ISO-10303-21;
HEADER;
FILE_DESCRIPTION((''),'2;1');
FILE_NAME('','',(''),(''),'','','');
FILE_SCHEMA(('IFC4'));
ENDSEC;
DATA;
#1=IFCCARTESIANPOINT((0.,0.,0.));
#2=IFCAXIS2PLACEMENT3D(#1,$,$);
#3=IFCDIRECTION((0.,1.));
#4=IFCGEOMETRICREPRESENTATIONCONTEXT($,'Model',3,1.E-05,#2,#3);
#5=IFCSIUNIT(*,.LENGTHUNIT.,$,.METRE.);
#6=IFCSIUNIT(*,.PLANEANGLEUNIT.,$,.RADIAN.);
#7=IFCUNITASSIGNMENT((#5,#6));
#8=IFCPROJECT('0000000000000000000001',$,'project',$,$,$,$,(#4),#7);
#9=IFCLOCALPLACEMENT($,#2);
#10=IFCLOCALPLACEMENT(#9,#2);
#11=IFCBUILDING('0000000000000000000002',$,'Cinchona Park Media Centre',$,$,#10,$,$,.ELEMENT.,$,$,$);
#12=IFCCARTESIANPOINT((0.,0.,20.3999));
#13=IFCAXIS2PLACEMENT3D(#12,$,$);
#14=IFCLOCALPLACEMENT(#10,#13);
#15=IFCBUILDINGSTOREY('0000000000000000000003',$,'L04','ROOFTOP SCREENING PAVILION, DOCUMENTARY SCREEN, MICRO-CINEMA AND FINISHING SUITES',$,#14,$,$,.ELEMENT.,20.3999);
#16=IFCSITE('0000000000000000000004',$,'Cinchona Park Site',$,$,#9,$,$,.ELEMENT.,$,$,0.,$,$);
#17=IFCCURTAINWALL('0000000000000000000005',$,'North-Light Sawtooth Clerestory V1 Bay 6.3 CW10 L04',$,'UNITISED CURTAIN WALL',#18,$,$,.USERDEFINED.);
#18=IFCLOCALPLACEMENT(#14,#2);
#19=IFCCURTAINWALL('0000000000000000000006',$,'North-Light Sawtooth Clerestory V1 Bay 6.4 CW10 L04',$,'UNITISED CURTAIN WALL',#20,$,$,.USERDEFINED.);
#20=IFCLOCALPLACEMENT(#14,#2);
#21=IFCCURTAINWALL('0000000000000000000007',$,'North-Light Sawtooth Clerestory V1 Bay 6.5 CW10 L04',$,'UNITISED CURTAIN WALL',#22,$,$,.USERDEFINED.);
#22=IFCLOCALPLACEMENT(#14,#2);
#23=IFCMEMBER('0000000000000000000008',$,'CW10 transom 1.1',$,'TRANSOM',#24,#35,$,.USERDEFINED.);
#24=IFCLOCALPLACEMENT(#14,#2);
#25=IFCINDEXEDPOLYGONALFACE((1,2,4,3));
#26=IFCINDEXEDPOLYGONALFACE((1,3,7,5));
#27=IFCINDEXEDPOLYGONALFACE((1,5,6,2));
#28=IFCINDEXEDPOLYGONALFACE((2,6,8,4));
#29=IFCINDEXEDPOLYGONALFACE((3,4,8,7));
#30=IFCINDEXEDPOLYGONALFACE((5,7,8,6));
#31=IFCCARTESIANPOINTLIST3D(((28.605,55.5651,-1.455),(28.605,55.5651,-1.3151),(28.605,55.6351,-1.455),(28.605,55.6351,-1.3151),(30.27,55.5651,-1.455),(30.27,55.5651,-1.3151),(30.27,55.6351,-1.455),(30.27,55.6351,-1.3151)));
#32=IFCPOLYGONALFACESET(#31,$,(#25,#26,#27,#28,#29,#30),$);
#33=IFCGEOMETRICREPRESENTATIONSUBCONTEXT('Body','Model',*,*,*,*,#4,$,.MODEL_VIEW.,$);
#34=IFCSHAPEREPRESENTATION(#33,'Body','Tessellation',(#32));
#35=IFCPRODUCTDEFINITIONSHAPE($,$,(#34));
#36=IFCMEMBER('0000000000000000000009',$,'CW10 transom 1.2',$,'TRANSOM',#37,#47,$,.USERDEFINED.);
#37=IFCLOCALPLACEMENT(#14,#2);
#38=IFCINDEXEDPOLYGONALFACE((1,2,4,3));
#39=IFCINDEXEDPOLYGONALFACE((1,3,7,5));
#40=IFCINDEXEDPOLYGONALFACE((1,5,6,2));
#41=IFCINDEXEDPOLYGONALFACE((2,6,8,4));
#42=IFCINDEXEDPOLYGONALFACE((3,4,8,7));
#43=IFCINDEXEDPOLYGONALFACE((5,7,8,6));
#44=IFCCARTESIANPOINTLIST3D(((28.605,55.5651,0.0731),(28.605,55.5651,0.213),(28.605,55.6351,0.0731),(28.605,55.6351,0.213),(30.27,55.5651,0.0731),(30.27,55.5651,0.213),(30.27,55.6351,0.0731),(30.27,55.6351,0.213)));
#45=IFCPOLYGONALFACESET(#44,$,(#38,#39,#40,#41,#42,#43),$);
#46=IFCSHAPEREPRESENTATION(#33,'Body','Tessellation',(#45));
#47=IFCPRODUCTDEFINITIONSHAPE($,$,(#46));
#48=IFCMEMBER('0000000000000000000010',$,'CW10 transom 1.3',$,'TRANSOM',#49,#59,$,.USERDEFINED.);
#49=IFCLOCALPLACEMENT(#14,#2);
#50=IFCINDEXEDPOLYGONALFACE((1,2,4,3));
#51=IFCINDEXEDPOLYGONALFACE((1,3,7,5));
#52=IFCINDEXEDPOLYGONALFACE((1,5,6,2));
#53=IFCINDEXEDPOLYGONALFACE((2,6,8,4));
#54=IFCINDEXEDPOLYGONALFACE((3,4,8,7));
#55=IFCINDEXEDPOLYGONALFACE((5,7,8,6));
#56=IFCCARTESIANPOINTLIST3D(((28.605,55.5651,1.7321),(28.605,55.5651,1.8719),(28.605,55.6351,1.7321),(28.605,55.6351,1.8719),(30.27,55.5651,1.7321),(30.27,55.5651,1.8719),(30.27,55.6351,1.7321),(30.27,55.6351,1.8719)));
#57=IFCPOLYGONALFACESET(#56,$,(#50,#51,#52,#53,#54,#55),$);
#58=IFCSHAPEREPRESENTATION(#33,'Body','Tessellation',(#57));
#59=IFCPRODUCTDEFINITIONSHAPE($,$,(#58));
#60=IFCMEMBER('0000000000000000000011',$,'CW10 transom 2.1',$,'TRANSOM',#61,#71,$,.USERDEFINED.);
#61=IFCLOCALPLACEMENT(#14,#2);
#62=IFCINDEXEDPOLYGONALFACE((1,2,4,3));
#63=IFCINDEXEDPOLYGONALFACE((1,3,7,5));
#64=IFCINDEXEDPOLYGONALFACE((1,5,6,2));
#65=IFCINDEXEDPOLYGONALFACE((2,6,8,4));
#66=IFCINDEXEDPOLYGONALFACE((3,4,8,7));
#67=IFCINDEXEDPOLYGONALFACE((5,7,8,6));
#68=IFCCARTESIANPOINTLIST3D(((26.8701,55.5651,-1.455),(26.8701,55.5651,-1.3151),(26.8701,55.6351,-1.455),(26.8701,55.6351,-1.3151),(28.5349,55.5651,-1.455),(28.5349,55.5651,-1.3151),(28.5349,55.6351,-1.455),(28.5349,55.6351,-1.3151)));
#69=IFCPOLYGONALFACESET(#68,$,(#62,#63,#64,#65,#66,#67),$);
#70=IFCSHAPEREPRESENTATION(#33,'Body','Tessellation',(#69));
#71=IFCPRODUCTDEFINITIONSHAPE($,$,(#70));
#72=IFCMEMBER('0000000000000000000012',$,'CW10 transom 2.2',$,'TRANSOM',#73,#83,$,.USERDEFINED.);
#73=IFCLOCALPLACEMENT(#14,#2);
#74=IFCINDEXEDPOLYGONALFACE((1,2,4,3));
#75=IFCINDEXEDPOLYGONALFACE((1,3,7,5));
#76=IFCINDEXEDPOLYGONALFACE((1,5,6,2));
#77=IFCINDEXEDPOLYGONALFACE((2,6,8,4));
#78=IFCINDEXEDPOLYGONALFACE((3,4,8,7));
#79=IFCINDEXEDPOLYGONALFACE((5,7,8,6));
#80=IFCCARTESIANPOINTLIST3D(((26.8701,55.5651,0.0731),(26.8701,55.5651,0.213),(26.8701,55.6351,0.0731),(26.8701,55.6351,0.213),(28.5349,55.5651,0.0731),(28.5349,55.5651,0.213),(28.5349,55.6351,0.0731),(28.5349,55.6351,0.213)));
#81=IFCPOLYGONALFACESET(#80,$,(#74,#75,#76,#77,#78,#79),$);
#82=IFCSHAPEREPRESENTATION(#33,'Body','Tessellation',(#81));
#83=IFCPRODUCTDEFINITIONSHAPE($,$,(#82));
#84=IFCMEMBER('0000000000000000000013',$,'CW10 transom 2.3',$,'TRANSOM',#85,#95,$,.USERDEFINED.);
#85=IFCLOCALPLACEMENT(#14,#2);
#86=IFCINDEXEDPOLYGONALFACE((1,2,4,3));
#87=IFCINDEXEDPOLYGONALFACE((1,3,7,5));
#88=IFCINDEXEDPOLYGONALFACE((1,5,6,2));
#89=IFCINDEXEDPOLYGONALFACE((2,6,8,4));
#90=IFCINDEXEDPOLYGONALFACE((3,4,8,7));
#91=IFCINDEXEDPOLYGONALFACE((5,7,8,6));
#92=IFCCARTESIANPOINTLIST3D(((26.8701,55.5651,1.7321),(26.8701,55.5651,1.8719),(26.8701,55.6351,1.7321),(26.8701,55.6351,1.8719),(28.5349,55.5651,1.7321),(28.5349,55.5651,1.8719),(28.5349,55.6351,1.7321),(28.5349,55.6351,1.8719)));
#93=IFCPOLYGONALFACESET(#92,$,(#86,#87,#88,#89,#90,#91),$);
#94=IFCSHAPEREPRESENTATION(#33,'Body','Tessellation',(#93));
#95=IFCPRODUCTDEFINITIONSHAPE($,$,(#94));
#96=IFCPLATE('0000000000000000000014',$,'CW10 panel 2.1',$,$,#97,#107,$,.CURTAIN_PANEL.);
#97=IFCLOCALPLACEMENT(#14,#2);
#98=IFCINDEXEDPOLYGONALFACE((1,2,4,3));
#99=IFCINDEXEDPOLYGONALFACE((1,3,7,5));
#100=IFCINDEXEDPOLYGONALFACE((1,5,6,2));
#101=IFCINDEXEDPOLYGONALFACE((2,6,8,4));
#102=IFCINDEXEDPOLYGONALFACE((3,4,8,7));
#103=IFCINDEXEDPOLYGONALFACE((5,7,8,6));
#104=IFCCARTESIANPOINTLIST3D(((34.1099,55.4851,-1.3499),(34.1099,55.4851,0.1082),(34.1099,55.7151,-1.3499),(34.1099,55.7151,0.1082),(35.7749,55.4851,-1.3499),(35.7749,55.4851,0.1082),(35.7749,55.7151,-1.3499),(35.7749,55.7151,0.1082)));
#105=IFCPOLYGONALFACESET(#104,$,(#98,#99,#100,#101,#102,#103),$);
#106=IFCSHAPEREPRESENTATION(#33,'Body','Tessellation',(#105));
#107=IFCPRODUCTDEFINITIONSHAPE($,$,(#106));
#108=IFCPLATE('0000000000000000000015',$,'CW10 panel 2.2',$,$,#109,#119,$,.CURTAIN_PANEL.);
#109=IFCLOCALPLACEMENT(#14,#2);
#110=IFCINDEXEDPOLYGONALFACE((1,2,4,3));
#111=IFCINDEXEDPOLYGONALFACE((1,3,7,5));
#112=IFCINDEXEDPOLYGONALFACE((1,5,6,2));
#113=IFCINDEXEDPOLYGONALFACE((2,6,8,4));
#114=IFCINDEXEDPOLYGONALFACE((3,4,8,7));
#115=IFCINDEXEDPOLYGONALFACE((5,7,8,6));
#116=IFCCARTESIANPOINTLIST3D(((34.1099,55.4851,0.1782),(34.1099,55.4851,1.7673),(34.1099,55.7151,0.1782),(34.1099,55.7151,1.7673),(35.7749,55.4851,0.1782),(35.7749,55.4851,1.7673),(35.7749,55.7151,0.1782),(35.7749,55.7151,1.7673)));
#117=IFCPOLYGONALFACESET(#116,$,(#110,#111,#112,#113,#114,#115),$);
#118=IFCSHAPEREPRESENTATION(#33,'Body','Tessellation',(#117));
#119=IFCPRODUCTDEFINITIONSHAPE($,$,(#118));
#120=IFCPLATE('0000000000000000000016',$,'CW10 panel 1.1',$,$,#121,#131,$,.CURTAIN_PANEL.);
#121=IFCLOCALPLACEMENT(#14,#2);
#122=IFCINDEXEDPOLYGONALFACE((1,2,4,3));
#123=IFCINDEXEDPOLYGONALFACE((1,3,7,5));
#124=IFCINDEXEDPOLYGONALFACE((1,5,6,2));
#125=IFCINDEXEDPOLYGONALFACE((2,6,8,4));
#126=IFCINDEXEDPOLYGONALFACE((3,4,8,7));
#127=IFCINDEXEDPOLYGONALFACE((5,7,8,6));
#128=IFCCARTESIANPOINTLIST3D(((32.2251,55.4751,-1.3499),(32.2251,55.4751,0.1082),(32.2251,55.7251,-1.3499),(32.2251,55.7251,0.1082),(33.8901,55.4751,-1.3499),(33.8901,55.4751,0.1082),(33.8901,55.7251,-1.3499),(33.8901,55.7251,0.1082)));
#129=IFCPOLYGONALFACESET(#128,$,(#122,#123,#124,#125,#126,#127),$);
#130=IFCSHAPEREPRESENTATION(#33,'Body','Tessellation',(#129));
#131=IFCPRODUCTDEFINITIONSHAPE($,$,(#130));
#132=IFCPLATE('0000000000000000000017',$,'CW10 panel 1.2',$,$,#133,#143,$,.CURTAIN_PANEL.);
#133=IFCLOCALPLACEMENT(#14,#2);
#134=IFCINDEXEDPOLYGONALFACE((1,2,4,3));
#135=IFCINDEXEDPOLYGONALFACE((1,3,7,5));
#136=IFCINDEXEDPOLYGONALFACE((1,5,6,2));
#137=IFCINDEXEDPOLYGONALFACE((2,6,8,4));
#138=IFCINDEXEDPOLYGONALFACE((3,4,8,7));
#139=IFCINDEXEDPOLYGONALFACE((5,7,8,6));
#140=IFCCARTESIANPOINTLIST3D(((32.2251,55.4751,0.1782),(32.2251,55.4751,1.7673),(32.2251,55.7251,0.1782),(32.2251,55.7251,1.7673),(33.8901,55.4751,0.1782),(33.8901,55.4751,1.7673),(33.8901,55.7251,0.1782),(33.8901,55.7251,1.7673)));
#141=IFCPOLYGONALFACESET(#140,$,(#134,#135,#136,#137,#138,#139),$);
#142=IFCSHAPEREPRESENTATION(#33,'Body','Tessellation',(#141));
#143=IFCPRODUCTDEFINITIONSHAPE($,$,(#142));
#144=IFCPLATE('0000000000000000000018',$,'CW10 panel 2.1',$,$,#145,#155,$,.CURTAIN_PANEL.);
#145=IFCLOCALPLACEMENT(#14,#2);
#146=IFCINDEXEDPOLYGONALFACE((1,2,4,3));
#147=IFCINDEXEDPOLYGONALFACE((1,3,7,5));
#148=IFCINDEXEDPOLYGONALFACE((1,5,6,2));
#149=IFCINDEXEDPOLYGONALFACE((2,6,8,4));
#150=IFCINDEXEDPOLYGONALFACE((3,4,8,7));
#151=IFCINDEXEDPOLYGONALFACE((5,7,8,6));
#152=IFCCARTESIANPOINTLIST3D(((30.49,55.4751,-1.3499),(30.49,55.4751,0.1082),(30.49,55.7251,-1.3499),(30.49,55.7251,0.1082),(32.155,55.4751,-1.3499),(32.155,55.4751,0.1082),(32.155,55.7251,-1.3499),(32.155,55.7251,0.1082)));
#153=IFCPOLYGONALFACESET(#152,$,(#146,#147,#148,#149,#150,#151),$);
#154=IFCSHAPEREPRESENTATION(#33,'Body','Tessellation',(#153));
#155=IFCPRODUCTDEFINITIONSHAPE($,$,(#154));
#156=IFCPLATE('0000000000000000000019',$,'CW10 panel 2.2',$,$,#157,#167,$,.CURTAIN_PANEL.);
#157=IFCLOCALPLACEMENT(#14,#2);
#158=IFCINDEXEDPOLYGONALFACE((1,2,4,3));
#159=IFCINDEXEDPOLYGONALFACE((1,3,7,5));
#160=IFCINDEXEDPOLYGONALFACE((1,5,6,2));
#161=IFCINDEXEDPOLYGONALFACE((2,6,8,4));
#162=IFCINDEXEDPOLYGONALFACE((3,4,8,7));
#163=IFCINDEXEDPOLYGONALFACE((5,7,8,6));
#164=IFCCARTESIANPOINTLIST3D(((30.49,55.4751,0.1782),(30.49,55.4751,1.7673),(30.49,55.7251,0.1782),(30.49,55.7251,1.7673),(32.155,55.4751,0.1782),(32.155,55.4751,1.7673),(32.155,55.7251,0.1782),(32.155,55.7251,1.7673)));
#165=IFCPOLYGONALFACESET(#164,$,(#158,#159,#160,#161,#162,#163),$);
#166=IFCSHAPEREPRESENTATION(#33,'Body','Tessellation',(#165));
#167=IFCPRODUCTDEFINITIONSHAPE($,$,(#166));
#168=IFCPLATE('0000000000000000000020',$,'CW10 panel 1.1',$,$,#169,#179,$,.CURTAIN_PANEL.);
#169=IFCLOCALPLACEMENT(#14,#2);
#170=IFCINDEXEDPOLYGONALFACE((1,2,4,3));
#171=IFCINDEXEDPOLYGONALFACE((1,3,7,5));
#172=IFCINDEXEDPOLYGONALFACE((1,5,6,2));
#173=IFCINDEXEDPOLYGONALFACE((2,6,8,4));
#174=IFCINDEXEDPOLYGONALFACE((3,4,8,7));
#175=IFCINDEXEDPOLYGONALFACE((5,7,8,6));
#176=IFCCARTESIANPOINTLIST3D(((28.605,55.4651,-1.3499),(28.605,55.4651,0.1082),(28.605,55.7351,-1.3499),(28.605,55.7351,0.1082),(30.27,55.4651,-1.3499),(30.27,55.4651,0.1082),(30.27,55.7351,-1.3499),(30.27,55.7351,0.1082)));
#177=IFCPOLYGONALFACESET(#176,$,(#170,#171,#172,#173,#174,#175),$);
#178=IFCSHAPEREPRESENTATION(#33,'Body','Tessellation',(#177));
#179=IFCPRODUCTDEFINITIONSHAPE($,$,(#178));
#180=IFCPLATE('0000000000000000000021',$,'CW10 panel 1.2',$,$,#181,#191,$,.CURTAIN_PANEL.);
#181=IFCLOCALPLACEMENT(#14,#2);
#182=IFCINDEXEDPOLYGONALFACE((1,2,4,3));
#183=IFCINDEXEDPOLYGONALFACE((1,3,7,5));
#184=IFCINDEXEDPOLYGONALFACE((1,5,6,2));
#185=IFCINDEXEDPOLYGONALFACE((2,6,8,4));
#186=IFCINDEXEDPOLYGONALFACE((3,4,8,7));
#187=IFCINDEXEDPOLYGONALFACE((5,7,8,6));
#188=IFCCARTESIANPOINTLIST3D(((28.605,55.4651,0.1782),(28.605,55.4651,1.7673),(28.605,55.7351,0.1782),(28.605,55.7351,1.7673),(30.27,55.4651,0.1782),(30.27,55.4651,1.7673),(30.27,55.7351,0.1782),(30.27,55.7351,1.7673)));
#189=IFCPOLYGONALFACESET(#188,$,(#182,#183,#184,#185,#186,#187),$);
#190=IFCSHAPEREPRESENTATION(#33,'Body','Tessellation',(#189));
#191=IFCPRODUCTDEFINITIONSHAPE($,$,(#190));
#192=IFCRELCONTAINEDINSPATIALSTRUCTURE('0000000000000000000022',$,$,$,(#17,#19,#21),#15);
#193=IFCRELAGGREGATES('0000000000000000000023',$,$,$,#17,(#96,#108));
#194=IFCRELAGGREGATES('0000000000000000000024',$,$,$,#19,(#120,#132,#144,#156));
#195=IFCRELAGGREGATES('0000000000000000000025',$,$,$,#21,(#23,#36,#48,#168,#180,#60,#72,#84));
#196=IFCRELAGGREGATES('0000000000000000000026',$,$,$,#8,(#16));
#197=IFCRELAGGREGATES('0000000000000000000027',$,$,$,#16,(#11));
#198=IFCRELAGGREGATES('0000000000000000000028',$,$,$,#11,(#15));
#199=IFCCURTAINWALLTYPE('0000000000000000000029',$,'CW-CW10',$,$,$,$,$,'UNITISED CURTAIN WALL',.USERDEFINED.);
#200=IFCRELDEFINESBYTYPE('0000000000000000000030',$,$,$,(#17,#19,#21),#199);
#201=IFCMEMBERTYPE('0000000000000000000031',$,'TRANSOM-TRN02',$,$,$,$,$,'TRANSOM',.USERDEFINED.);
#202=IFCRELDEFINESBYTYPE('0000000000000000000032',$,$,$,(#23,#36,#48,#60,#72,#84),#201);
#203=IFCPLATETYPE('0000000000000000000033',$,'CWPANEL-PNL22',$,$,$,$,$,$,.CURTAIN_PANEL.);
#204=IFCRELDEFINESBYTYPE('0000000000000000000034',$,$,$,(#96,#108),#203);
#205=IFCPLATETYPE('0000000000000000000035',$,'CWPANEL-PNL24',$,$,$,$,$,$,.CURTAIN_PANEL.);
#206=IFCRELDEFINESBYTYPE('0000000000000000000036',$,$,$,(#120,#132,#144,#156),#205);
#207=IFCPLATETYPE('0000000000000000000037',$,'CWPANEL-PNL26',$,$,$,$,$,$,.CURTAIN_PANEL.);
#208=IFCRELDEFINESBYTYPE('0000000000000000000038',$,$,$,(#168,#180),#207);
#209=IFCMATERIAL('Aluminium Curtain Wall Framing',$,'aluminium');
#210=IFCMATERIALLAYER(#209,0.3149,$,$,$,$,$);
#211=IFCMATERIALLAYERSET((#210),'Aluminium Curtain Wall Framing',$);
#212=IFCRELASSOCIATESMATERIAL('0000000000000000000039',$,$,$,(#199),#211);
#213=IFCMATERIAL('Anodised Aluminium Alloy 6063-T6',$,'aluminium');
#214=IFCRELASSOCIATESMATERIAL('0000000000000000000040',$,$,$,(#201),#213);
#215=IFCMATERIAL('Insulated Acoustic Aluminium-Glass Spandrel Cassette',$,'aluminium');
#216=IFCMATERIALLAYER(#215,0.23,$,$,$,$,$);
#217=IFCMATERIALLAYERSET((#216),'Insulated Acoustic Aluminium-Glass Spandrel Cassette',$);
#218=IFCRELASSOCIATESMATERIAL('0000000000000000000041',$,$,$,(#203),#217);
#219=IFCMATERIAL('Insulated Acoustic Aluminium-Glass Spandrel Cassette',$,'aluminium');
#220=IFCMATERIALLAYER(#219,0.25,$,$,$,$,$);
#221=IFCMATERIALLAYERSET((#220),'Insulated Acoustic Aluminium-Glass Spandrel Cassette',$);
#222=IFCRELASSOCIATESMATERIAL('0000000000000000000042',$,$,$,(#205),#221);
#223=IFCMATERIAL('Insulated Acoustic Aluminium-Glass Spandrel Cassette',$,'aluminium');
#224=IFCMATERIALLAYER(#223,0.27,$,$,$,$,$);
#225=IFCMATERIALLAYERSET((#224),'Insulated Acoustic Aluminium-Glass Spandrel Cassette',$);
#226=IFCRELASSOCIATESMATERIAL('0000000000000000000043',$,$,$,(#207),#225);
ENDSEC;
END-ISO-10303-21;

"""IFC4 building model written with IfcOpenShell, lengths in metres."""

from ifc_helpers import new_model, si_unit, direction, frame, origin, origin_2d, place, context, subcontext, project, spatial, rectangle, extrude, material, layer, layer_set, material_profile, profile_set, type_object, element, aggregate, save


model = new_model("IFC4")

# Units and contexts
model_context = context("Model", 3, precision=1e-05, world=origin(), true_north=direction((0.0, 1.0)))
body_context = subcontext(model_context, "Body", "Model", "MODEL_VIEW")
ifc_project = project(units=[si_unit("LENGTHUNIT", "METRE"), si_unit("PLANEANGLEUNIT", "RADIAN")], contexts=[model_context])

# Site, building, storey
site_placement = place(None, origin())
site = spatial("IfcSite", under=ifc_project, at=site_placement, Name="Cinchona Park Site", CompositionType="ELEMENT", RefElevation=0.0)
building_placement = place(site_placement, origin())
building = spatial("IfcBuilding", under=site, at=building_placement, Name="Cinchona Park Media Centre", CompositionType="ELEMENT")
storey_placement = place(building_placement, frame((0.0, 0.0, 20.3999)))
storey = spatial("IfcBuildingStorey", under=building, at=storey_placement, Name="L04", Description="ROOFTOP SCREENING PAVILION, DOCUMENTARY SCREEN, MICRO-CINEMA AND FINISHING SUITES", CompositionType="ELEMENT", Elevation=20.3999)

# Curtain wall
ifc_material_1 = material(Name="Aluminium Curtain Wall Framing", Category="aluminium")
ifc_layer_1 = layer(ifc_material_1, 0.3149)
ifc_layer_set_1 = layer_set([ifc_layer_1], Name="Aluminium Curtain Wall Framing")
curtain_wall_type = type_object("IfcCurtainWallType", Name="CW-CW10", ElementType="UNITISED CURTAIN WALL", PredefinedType="USERDEFINED", material=ifc_layer_set_1)
curtain_wall_1_placement = place(storey_placement, origin())
curtain_wall_1 = element("IfcCurtainWall", 1, at=curtain_wall_1_placement, inside=storey, type_object=curtain_wall_type, Name="North-Light Sawtooth Clerestory V1 Bay 6.3 CW10 L04", ObjectType="UNITISED CURTAIN WALL", PredefinedType="USERDEFINED")

# Curtain walls
curtain_wall_2_placement = place(storey_placement, origin())
curtain_wall_2 = element("IfcCurtainWall", 2, at=curtain_wall_2_placement, inside=storey, type_object=curtain_wall_type, Name="North-Light Sawtooth Clerestory V1 Bay 6.4 CW10 L04", ObjectType="UNITISED CURTAIN WALL", PredefinedType="USERDEFINED")
curtain_wall_3_placement = place(storey_placement, origin())
curtain_wall_3 = element("IfcCurtainWall", 3, at=curtain_wall_3_placement, inside=storey, type_object=curtain_wall_type, Name="North-Light Sawtooth Clerestory V1 Bay 6.5 CW10 L04", ObjectType="UNITISED CURTAIN WALL", PredefinedType="USERDEFINED")

# Members
ifc_material_2 = material(Name="Anodised Aluminium Alloy 6063-T6", Category="aluminium")
ifc_material_profile_1 = material_profile(ifc_material_2, rectangle(XDim=0.0701, YDim=0.1399, at=origin_2d()), Name="TRN-70X140")
ifc_profile_set_1 = profile_set([ifc_material_profile_1], Name="Anodised Aluminium Alloy 6063-T6")
member_type_1 = type_object("IfcMemberType", Name="TRANSOM-TRN02", ElementType="TRANSOM", PredefinedType="USERDEFINED", material=ifc_profile_set_1)
member_1_placement = place(storey_placement, frame((30.27, 55.6001, -1.385), z_axis=(-1.0, 0.0, 0.0), x_axis=(0.0, -1.0, 0.0)))
member_1 = element("IfcMember", 4, at=member_1_placement, type_object=member_type_1, Name="CW10 transom 1.1", ObjectType="TRANSOM", PredefinedType="USERDEFINED", context=body_context, shape_type="SweptSolid", body=[
    extrude(rectangle(XDim=0.0701, YDim=0.1399, at=origin_2d()), origin(), (0.0, 0.0, 1.0), 1.665),
])
member_2_placement = place(storey_placement, frame((30.27, 55.6001, 0.1431), z_axis=(-1.0, 0.0, 0.0), x_axis=(0.0, -1.0, 0.0)))
member_2 = element("IfcMember", 5, at=member_2_placement, type_object=member_type_1, Name="CW10 transom 1.2", ObjectType="TRANSOM", PredefinedType="USERDEFINED", context=body_context, shape_type="SweptSolid", body=[
    extrude(rectangle(XDim=0.0701, YDim=0.1399, at=origin_2d()), origin(), (0.0, 0.0, 1.0), 1.665),
])
member_3_placement = place(storey_placement, frame((30.27, 55.6001, 1.802), z_axis=(-1.0, 0.0, 0.0), x_axis=(0.0, -1.0, 0.0)))
member_3 = element("IfcMember", 6, at=member_3_placement, type_object=member_type_1, Name="CW10 transom 1.3", ObjectType="TRANSOM", PredefinedType="USERDEFINED", context=body_context, shape_type="SweptSolid", body=[
    extrude(rectangle(XDim=0.0701, YDim=0.1399, at=origin_2d()), origin(), (0.0, 0.0, 1.0), 1.665),
])
member_4_placement = place(storey_placement, frame((28.5349, 55.6001, -1.385), z_axis=(-1.0, 0.0, 0.0), x_axis=(0.0, -1.0, 0.0)))
member_4 = element("IfcMember", 7, at=member_4_placement, type_object=member_type_1, Name="CW10 transom 2.1", ObjectType="TRANSOM", PredefinedType="USERDEFINED", context=body_context, shape_type="SweptSolid", body=[
    extrude(rectangle(XDim=0.0701, YDim=0.1399, at=origin_2d()), origin(), (0.0, 0.0, 1.0), 1.6648),
])
member_5_placement = place(storey_placement, frame((28.5349, 55.6001, 0.1431), z_axis=(-1.0, 0.0, 0.0), x_axis=(0.0, -1.0, 0.0)))
member_5 = element("IfcMember", 8, at=member_5_placement, type_object=member_type_1, Name="CW10 transom 2.2", ObjectType="TRANSOM", PredefinedType="USERDEFINED", context=body_context, shape_type="SweptSolid", body=[
    extrude(rectangle(XDim=0.0701, YDim=0.1399, at=origin_2d()), origin(), (0.0, 0.0, 1.0), 1.6648),
])
member_6_placement = place(storey_placement, frame((28.5349, 55.6001, 1.802), z_axis=(-1.0, 0.0, 0.0), x_axis=(0.0, -1.0, 0.0)))
member_6 = element("IfcMember", 9, at=member_6_placement, type_object=member_type_1, Name="CW10 transom 2.3", ObjectType="TRANSOM", PredefinedType="USERDEFINED", context=body_context, shape_type="SweptSolid", body=[
    extrude(rectangle(XDim=0.0701, YDim=0.1399, at=origin_2d()), origin(), (0.0, 0.0, 1.0), 1.6648),
])

# Plates
ifc_material_3 = material(Name="Insulated Acoustic Aluminium-Glass Spandrel Cassette", Category="aluminium")
ifc_layer_2 = layer(ifc_material_3, 0.23)
ifc_layer_set_2 = layer_set([ifc_layer_2], Name="Insulated Acoustic Aluminium-Glass Spandrel Cassette")
plate_type_1 = type_object("IfcPlateType", Name="CWPANEL-PNL22", PredefinedType="CURTAIN_PANEL", material=ifc_layer_set_2)
plate_1_placement = place(storey_placement, frame((34.9424, 55.6001, -1.3499), z_axis=(0.0, 0.0, 1.0), x_axis=(-1.0, 0.0, 0.0)))
plate_1 = element("IfcPlate", 10, at=plate_1_placement, type_object=plate_type_1, Name="CW10 panel 2.1", PredefinedType="CURTAIN_PANEL", context=body_context, shape_type="SweptSolid", body=[
    extrude(rectangle(XDim=1.665, YDim=0.23, at=origin_2d()), origin(), (0.0, 0.0, 1.0), 1.458),
])
plate_2_placement = place(storey_placement, frame((34.9424, 55.6001, 0.1782), z_axis=(0.0, 0.0, 1.0), x_axis=(-1.0, 0.0, 0.0)))
plate_2 = element("IfcPlate", 11, at=plate_2_placement, type_object=plate_type_1, Name="CW10 panel 2.2", PredefinedType="CURTAIN_PANEL", context=body_context, shape_type="SweptSolid", body=[
    extrude(rectangle(XDim=1.665, YDim=0.23, at=origin_2d()), origin(), (0.0, 0.0, 1.0), 1.5891),
])
aggregate(curtain_wall_1, [plate_1, plate_2])
ifc_material_4 = material(Name="Insulated Acoustic Aluminium-Glass Spandrel Cassette", Category="aluminium")
ifc_layer_3 = layer(ifc_material_4, 0.25)
ifc_layer_set_3 = layer_set([ifc_layer_3], Name="Insulated Acoustic Aluminium-Glass Spandrel Cassette")
plate_type_2 = type_object("IfcPlateType", Name="CWPANEL-PNL24", PredefinedType="CURTAIN_PANEL", material=ifc_layer_set_3)
plate_3_placement = place(storey_placement, frame((33.0576, 55.6001, -1.3499), z_axis=(0.0, 0.0, 1.0), x_axis=(-1.0, 0.0, 0.0)))
plate_3 = element("IfcPlate", 12, at=plate_3_placement, type_object=plate_type_2, Name="CW10 panel 1.1", PredefinedType="CURTAIN_PANEL", context=body_context, shape_type="SweptSolid", body=[
    extrude(rectangle(XDim=1.665, YDim=0.25, at=origin_2d()), origin(), (0.0, 0.0, 1.0), 1.458),
])
plate_4_placement = place(storey_placement, frame((33.0576, 55.6001, 0.1782), z_axis=(0.0, 0.0, 1.0), x_axis=(-1.0, 0.0, 0.0)))
plate_4 = element("IfcPlate", 13, at=plate_4_placement, type_object=plate_type_2, Name="CW10 panel 1.2", PredefinedType="CURTAIN_PANEL", context=body_context, shape_type="SweptSolid", body=[
    extrude(rectangle(XDim=1.665, YDim=0.25, at=origin_2d()), origin(), (0.0, 0.0, 1.0), 1.5891),
])
plate_5_placement = place(storey_placement, frame((31.3225, 55.6001, -1.3499), z_axis=(0.0, 0.0, 1.0), x_axis=(-1.0, 0.0, 0.0)))
plate_5 = element("IfcPlate", 14, at=plate_5_placement, type_object=plate_type_2, Name="CW10 panel 2.1", PredefinedType="CURTAIN_PANEL", context=body_context, shape_type="SweptSolid", body=[
    extrude(rectangle(XDim=1.665, YDim=0.25, at=origin_2d()), origin(), (0.0, 0.0, 1.0), 1.458),
])
plate_6_placement = place(storey_placement, frame((31.3225, 55.6001, 0.1782), z_axis=(0.0, 0.0, 1.0), x_axis=(-1.0, 0.0, 0.0)))
plate_6 = element("IfcPlate", 15, at=plate_6_placement, type_object=plate_type_2, Name="CW10 panel 2.2", PredefinedType="CURTAIN_PANEL", context=body_context, shape_type="SweptSolid", body=[
    extrude(rectangle(XDim=1.665, YDim=0.25, at=origin_2d()), origin(), (0.0, 0.0, 1.0), 1.5891),
])
aggregate(curtain_wall_2, [plate_3, plate_4, plate_5, plate_6])
ifc_material_5 = material(Name="Insulated Acoustic Aluminium-Glass Spandrel Cassette", Category="aluminium")
ifc_layer_4 = layer(ifc_material_5, 0.27)
ifc_layer_set_4 = layer_set([ifc_layer_4], Name="Insulated Acoustic Aluminium-Glass Spandrel Cassette")
plate_type_3 = type_object("IfcPlateType", Name="CWPANEL-PNL26", PredefinedType="CURTAIN_PANEL", material=ifc_layer_set_4)
plate_7_placement = place(storey_placement, frame((29.4375, 55.6001, -1.3499), z_axis=(0.0, 0.0, 1.0), x_axis=(-1.0, 0.0, 0.0)))
plate_7 = element("IfcPlate", 16, at=plate_7_placement, type_object=plate_type_3, Name="CW10 panel 1.1", PredefinedType="CURTAIN_PANEL", context=body_context, shape_type="SweptSolid", body=[
    extrude(rectangle(XDim=1.665, YDim=0.27, at=origin_2d()), origin(), (0.0, 0.0, 1.0), 1.458),
])
plate_8_placement = place(storey_placement, frame((29.4375, 55.6001, 0.1782), z_axis=(0.0, 0.0, 1.0), x_axis=(-1.0, 0.0, 0.0)))
plate_8 = element("IfcPlate", 17, at=plate_8_placement, type_object=plate_type_3, Name="CW10 panel 1.2", PredefinedType="CURTAIN_PANEL", context=body_context, shape_type="SweptSolid", body=[
    extrude(rectangle(XDim=1.665, YDim=0.27, at=origin_2d()), origin(), (0.0, 0.0, 1.0), 1.5891),
])
aggregate(curtain_wall_3, [member_1, member_2, member_3, plate_7, plate_8, member_4, member_5, member_6])

save(model, "model.ifc")
